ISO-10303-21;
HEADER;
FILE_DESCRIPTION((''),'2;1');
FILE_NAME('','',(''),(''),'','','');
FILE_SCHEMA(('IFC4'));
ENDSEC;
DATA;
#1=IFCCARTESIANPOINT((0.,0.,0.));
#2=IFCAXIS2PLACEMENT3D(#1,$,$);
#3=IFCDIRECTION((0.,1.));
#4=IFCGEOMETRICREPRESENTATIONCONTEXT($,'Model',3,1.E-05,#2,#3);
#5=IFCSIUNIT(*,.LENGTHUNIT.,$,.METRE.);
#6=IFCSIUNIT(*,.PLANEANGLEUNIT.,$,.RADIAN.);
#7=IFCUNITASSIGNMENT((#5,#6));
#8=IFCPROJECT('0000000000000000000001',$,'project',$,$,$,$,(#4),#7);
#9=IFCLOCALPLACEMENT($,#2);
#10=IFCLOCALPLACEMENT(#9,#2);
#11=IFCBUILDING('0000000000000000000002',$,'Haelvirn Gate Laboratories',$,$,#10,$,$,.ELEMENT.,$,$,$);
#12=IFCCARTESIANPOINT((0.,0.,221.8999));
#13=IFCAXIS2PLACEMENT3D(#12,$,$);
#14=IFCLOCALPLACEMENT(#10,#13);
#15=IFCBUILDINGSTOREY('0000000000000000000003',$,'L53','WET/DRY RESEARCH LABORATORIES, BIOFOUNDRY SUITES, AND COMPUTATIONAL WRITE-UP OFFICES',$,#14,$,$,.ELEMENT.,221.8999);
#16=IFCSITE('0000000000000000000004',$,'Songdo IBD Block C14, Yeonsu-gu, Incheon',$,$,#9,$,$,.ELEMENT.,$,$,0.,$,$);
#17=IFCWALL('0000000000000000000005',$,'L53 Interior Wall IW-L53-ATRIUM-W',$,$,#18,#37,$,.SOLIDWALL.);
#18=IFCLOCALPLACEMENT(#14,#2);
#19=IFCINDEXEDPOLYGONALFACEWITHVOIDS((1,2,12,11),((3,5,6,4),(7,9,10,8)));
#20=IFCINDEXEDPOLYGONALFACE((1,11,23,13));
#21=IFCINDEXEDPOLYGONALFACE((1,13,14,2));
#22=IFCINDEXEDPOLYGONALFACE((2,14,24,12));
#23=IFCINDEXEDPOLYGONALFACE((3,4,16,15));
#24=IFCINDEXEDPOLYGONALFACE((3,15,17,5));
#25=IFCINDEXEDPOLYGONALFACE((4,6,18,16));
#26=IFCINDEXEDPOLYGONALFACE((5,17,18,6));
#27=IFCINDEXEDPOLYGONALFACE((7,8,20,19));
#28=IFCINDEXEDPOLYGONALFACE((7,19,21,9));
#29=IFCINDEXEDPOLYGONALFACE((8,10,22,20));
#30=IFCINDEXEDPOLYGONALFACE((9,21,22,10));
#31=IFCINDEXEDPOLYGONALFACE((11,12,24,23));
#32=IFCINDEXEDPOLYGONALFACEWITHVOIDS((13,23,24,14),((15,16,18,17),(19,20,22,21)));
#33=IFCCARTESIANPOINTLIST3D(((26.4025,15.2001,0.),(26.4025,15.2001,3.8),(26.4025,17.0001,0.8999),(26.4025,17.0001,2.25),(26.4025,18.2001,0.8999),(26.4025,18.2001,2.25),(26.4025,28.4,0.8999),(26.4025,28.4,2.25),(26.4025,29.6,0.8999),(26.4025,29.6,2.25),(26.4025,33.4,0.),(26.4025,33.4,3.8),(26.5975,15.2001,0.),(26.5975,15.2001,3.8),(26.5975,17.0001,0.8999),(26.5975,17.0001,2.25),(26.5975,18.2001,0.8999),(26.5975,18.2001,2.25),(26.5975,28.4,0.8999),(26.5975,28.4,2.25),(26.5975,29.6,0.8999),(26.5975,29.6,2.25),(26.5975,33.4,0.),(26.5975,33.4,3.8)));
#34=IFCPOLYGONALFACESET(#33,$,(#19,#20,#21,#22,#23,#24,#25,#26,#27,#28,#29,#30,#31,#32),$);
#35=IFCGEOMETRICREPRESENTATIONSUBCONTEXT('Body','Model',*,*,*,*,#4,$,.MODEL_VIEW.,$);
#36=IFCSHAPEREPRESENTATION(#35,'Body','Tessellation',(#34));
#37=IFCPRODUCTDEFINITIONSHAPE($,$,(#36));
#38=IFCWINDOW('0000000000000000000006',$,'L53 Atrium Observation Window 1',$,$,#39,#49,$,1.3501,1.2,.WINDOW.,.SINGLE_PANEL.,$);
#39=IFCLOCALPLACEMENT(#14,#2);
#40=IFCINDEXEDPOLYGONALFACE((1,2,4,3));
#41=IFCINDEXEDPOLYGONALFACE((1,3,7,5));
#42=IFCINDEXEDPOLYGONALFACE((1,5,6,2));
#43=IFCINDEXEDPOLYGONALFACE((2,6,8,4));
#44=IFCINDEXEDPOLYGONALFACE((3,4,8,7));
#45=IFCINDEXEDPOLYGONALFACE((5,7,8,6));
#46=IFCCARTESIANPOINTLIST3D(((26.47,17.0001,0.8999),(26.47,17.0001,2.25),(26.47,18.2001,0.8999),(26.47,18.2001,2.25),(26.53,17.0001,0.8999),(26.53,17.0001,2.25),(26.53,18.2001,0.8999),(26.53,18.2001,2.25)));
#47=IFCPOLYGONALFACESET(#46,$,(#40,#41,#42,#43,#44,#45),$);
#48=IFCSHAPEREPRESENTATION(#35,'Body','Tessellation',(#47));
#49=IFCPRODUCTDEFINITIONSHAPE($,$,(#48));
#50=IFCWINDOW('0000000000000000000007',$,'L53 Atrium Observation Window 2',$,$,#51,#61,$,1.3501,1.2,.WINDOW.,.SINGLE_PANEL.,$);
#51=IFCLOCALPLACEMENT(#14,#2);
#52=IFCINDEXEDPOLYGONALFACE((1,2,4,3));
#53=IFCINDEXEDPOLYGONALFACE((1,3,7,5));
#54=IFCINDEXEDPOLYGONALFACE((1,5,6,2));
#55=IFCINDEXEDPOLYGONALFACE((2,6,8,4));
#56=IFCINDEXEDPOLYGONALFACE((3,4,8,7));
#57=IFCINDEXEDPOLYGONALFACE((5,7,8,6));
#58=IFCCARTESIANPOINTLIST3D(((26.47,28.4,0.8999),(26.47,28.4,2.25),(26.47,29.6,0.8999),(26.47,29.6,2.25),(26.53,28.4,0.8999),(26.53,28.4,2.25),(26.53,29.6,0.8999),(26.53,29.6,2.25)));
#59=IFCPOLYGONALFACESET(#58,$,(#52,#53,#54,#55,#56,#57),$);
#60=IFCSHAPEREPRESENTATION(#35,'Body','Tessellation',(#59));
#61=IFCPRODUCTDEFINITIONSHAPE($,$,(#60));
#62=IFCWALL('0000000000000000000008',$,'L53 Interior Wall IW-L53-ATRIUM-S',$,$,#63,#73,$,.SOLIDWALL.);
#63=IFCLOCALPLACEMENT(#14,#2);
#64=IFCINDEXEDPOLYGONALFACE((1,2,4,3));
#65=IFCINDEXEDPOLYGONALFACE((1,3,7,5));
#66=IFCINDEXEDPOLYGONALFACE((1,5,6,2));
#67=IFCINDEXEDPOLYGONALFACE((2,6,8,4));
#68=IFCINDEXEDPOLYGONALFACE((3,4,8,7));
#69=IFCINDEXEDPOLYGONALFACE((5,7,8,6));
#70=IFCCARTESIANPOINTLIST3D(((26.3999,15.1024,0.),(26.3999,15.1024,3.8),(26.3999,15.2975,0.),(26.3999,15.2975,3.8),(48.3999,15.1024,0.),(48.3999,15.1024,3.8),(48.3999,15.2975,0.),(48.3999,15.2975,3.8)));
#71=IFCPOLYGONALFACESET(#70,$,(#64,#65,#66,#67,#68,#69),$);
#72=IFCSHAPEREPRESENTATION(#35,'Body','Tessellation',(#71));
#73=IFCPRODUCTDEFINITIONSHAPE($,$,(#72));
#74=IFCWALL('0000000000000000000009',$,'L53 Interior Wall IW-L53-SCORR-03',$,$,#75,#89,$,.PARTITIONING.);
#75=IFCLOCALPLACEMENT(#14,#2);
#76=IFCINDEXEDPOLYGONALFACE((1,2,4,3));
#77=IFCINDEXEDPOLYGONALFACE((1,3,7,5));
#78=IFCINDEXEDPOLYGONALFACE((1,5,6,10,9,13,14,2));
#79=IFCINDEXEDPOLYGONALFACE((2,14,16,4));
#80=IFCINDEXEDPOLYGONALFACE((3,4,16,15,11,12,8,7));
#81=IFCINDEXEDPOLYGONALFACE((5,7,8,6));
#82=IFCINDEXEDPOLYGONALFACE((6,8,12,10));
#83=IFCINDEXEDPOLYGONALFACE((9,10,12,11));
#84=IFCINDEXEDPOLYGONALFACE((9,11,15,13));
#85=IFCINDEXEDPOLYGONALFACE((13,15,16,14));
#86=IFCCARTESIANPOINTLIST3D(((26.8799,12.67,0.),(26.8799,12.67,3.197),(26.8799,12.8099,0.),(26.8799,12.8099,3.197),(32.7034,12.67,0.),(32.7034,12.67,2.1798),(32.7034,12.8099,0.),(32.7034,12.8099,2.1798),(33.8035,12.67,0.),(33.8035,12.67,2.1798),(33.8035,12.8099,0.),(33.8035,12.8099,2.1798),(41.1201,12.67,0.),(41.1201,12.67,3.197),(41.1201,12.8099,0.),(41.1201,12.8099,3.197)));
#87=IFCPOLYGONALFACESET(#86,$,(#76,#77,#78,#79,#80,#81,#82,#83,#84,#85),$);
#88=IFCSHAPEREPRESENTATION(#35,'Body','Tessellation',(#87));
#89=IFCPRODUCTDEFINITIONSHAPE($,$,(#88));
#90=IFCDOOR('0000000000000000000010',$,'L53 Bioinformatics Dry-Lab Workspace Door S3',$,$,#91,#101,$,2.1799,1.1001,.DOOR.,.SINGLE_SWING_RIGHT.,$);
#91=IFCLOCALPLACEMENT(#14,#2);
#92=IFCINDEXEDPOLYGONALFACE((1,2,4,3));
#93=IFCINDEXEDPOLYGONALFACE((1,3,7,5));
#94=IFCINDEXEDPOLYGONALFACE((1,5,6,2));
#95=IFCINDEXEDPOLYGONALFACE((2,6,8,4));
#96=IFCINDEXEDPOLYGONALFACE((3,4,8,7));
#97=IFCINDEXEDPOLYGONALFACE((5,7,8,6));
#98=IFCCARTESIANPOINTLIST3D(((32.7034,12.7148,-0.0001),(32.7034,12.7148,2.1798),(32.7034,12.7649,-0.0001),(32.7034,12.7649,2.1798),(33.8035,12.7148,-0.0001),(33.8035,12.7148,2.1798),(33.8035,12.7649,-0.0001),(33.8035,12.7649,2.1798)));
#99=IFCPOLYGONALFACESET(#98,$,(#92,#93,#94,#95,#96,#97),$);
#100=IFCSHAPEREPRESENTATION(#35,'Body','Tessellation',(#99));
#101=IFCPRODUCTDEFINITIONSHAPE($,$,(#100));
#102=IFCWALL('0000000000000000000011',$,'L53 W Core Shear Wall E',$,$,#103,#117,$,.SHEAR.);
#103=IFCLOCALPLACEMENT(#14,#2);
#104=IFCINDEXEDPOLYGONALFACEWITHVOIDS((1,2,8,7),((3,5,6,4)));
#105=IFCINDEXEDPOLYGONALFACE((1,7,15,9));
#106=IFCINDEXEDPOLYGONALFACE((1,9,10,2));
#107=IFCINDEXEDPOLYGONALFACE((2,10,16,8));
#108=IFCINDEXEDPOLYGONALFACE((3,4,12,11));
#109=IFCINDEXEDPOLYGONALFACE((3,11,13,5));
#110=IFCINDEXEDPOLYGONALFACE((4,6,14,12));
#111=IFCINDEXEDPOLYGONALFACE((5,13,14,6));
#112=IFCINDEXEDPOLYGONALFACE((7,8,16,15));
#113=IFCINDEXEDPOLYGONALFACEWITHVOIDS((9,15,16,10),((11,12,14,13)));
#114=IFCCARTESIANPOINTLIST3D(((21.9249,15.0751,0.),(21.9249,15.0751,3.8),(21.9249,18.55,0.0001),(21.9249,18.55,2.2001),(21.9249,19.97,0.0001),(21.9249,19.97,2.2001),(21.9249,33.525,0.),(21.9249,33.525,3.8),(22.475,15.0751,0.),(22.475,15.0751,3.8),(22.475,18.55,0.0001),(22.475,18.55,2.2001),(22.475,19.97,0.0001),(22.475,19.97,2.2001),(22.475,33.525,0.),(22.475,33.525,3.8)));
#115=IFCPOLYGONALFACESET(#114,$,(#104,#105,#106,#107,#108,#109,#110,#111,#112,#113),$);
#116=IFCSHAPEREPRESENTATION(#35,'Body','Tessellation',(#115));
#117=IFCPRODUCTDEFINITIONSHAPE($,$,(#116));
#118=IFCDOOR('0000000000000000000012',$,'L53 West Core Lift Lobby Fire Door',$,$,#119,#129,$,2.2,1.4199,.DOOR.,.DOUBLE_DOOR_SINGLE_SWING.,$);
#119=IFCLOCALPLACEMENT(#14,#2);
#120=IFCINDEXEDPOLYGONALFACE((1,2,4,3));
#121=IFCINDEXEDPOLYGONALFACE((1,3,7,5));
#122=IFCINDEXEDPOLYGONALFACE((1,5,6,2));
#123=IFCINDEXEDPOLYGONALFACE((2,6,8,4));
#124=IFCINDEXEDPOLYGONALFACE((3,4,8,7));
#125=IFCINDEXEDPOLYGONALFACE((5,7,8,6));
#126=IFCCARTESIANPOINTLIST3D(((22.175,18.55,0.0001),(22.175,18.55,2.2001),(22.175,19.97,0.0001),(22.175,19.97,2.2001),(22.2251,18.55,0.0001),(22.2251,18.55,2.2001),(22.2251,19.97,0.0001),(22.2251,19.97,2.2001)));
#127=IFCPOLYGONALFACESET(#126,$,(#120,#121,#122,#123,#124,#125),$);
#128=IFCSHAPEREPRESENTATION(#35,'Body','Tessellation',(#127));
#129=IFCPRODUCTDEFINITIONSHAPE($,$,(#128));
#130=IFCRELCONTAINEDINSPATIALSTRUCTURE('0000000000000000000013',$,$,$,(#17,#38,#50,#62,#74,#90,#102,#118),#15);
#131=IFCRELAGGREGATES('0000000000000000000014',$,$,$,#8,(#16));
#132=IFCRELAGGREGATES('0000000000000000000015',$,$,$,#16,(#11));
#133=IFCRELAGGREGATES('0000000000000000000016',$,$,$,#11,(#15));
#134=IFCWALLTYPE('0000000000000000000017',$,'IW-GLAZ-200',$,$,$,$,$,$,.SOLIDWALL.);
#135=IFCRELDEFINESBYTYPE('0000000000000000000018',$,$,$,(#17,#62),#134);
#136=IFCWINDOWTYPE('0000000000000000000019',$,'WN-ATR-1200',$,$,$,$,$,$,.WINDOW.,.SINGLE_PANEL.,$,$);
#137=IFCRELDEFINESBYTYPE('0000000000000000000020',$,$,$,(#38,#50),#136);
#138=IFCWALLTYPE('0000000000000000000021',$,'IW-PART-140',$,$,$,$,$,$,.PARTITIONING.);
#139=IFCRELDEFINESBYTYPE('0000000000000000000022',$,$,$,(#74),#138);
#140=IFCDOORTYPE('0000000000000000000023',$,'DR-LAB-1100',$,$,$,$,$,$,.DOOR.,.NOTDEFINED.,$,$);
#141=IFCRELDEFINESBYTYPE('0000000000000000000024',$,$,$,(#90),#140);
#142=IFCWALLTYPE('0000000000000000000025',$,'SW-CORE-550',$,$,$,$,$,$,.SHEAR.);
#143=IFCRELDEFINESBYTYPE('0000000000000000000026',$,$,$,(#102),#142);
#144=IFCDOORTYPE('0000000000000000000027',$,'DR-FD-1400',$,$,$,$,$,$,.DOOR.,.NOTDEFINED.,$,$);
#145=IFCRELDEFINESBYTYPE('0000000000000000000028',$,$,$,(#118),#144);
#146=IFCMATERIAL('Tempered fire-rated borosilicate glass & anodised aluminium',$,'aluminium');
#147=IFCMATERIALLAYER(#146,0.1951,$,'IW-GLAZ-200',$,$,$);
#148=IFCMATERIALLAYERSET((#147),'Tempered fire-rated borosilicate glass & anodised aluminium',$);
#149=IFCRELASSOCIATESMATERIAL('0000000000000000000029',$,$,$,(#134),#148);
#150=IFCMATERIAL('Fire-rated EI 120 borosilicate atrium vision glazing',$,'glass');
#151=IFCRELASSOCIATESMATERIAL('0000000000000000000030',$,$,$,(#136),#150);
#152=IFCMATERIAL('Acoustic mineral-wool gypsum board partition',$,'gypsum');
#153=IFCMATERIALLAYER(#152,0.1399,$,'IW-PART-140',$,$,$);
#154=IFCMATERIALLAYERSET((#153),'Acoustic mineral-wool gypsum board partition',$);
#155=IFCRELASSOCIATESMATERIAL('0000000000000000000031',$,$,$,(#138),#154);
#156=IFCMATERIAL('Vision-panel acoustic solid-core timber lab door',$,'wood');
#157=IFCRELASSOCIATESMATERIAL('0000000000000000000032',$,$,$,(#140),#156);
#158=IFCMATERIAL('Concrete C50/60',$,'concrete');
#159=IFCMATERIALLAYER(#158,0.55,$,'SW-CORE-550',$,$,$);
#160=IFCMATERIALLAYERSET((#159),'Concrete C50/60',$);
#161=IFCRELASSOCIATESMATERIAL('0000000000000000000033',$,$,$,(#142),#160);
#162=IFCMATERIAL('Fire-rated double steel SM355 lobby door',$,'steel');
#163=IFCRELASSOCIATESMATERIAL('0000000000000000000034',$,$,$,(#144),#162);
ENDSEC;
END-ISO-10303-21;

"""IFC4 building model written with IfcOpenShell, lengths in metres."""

from ifc_helpers import new_model, si_unit, direction, frame, frame_2d, origin, place, context, subcontext, project, spatial, rectangle, extrude, source, transform, mapped, material, layer, layer_set, type_object, type_shapes, element, fill, save


model = new_model("IFC4")

# Units and contexts
model_context = context("Model", 3, precision=1e-05, world=origin(), true_north=direction((0.0, 1.0)))
body_context = subcontext(model_context, "Body", "Model", "MODEL_VIEW")
ifc_project = project(units=[si_unit("LENGTHUNIT", "METRE"), si_unit("PLANEANGLEUNIT", "RADIAN")], contexts=[model_context])

# Site, building, storey
site_placement = place(None, origin())
site = spatial("IfcSite", under=ifc_project, at=site_placement, Name="Songdo IBD Block C14, Yeonsu-gu, Incheon", CompositionType="ELEMENT", RefElevation=0.0)
building_placement = place(site_placement, origin())
building = spatial("IfcBuilding", under=site, at=building_placement, Name="Haelvirn Gate Laboratories", CompositionType="ELEMENT")
storey_placement = place(building_placement, frame((0.0, 0.0, 221.8999)))
storey = spatial("IfcBuildingStorey", under=building, at=storey_placement, Name="L53", Description="WET/DRY RESEARCH LABORATORIES, BIOFOUNDRY SUITES, AND COMPUTATIONAL WRITE-UP OFFICES", CompositionType="ELEMENT", Elevation=221.8999)

# Wall, openings, windows
ifc_material_1 = material(Name="Tempered fire-rated borosilicate glass & anodised aluminium", Category="aluminium")
ifc_layer_1 = layer(ifc_material_1, 0.1951, Name="IW-GLAZ-200")
ifc_layer_set_1 = layer_set([ifc_layer_1], Name="Tempered fire-rated borosilicate glass & anodised aluminium")
wall_type_1 = type_object("IfcWallType", Name="IW-GLAZ-200", PredefinedType="SOLIDWALL", material=ifc_layer_set_1)
wall_1_placement = place(storey_placement, frame((26.5, 15.2, 0.0), z_axis=(0.0, 0.0, 1.0), x_axis=(0.0, 1.0, 0.0)))
wall_1 = element("IfcWall", 1, at=wall_1_placement, inside=storey, type_object=wall_type_1, Name="L53 Interior Wall IW-L53-ATRIUM-W", PredefinedType="SOLIDWALL", context=body_context, shape_type="SweptSolid", body=[
    extrude(rectangle(XDim=18.2, YDim=0.1951, at=frame_2d((9.1001, 0.0))), origin(), (0.0, 0.0, 1.0), 3.8),
])
opening_1_placement = place(wall_1_placement, frame((1.8, 0.0, 0.8999)))
opening_1 = element("IfcOpeningElement", 2, at=opening_1_placement, cuts=wall_1, PredefinedType="OPENING", context=body_context, shape_type="SweptSolid", body=[
    extrude(rectangle(XDim=1.2, YDim=1.3501, at=frame_2d((0.6001, 0.675))), frame((0.0, 0.1074, 0.0), z_axis=(0.0, -1.0, 0.0), x_axis=(1.0, 0.0, 0.0)), (0.0, 0.0, 1.0), 0.2151),
])
opening_2_placement = place(wall_1_placement, frame((13.2, 0.0, 0.8999)))
opening_2 = element("IfcOpeningElement", 3, at=opening_2_placement, cuts=wall_1, PredefinedType="OPENING", context=body_context, shape_type="SweptSolid", body=[
    extrude(rectangle(XDim=1.2, YDim=1.3501, at=frame_2d((0.6001, 0.675))), frame((0.0, 0.1074, 0.0), z_axis=(0.0, -1.0, 0.0), x_axis=(1.0, 0.0, 0.0)), (0.0, 0.0, 1.0), 0.2151),
])
ifc_material_2 = material(Name="Fire-rated EI 120 borosilicate atrium vision glazing", Category="glass")
window_type = type_object("IfcWindowType", Name="WN-ATR-1200", PartitioningType="SINGLE_PANEL", PredefinedType="WINDOW", material=ifc_material_2)
shared_shape_1 = source(origin(), body_context, "Body", "SweptSolid", [
    extrude(rectangle(XDim=1.2, YDim=1.3501, at=frame_2d((0.6001, 0.675))), frame((0.0, 0.03, 0.0), z_axis=(0.0, -1.0, 0.0), x_axis=(1.0, 0.0, 0.0)), (0.0, 0.0, 1.0), 0.0601),
])
type_shapes(window_type, [shared_shape_1])
window_1_placement = place(opening_1_placement, origin())
window_1 = element("IfcWindow", 4, at=window_1_placement, inside=storey, type_object=window_type, Name="L53 Atrium Observation Window 1", OverallHeight=1.3501, OverallWidth=1.2, PartitioningType="SINGLE_PANEL", PredefinedType="WINDOW", context=body_context, shape_type="MappedRepresentation", body=[
    mapped(shared_shape_1, transform((0.0, 0.0, 0.0), scale=1.0)),
])
fill(opening_1, window_1)
window_2_placement = place(opening_2_placement, origin())
window_2 = element("IfcWindow", 5, at=window_2_placement, inside=storey, type_object=window_type, Name="L53 Atrium Observation Window 2", OverallHeight=1.3501, OverallWidth=1.2, PartitioningType="SINGLE_PANEL", PredefinedType="WINDOW", context=body_context, shape_type="MappedRepresentation", body=[
    mapped(shared_shape_1, transform((0.0, 0.0, 0.0), scale=1.0)),
])
fill(opening_2, window_2)

# Wall
wall_2_placement = place(storey_placement, frame((26.3999, 15.2, 0.0), z_axis=(0.0, 0.0, 1.0), x_axis=(1.0, 0.0, 0.0)))
element("IfcWall", 6, at=wall_2_placement, inside=storey, type_object=wall_type_1, Name="L53 Interior Wall IW-L53-ATRIUM-S", PredefinedType="SOLIDWALL", context=body_context, shape_type="SweptSolid", body=[
    extrude(rectangle(XDim=22.0, YDim=0.1951, at=frame_2d((11.0, 0.0))), origin(), (0.0, 0.0, 1.0), 3.8),
])

# Walls, openings, doors
ifc_material_3 = material(Name="Acoustic mineral-wool gypsum board partition", Category="gypsum")
ifc_layer_2 = layer(ifc_material_3, 0.1399, Name="IW-PART-140")
ifc_layer_set_2 = layer_set([ifc_layer_2], Name="Acoustic mineral-wool gypsum board partition")
wall_type_2 = type_object("IfcWallType", Name="IW-PART-140", PredefinedType="PARTITIONING", material=ifc_layer_set_2)
wall_3_placement = place(storey_placement, frame((26.8799, 12.74, 0.0), z_axis=(0.0, 0.0, 1.0), x_axis=(1.0, 0.0, 0.0)))
wall_3 = element("IfcWall", 7, at=wall_3_placement, inside=storey, type_object=wall_type_2, Name="L53 Interior Wall IW-L53-SCORR-03", PredefinedType="PARTITIONING", context=body_context, shape_type="SweptSolid", body=[
    extrude(rectangle(XDim=14.2402, YDim=0.1399, at=frame_2d((7.1201, 0.0))), origin(), (0.0, 0.0, 1.0), 3.197),
])
opening_3_placement = place(wall_3_placement, frame((5.8235, 0.0, 0.0)))
opening_3 = element("IfcOpeningElement", 8, at=opening_3_placement, cuts=wall_3, PredefinedType="OPENING", context=body_context, shape_type="SweptSolid", body=[
    extrude(rectangle(XDim=1.1001, YDim=2.1799, at=frame_2d((0.55, 1.0898))), frame((0.0, 0.0801, 0.0), z_axis=(0.0, -1.0, 0.0), x_axis=(1.0, 0.0, 0.0)), (0.0, 0.0, 1.0), 0.1599),
])
ifc_material_4 = material(Name="Vision-panel acoustic solid-core timber lab door", Category="wood")
door_type_1 = type_object("IfcDoorType", Name="DR-LAB-1100", OperationType="NOTDEFINED", PredefinedType="DOOR", material=ifc_material_4)
shared_shape_2 = source(origin(), body_context, "Body", "SweptSolid", [
    extrude(rectangle(XDim=1.1001, YDim=2.1799, at=frame_2d((0.55, 1.0898))), frame((0.0, 0.0249, 0.0), z_axis=(0.0, -1.0, 0.0), x_axis=(1.0, 0.0, 0.0)), (0.0, 0.0, 1.0), 0.05),
])
type_shapes(door_type_1, [shared_shape_2])
door_1_placement = place(opening_3_placement, origin())
door_1 = element("IfcDoor", 9, at=door_1_placement, inside=storey, type_object=door_type_1, Name="L53 Bioinformatics Dry-Lab Workspace Door S3", OperationType="SINGLE_SWING_RIGHT", OverallHeight=2.1799, OverallWidth=1.1001, PredefinedType="DOOR", context=body_context, shape_type="MappedRepresentation", body=[
    mapped(shared_shape_2, transform((0.0, 0.0, 0.0), scale=1.0)),
])
fill(opening_3, door_1)
ifc_material_5 = material(Name="Concrete C50/60", Category="concrete")
ifc_layer_3 = layer(ifc_material_5, 0.55, Name="SW-CORE-550")
ifc_layer_set_3 = layer_set([ifc_layer_3], Name="Concrete C50/60")
wall_type_3 = type_object("IfcWallType", Name="SW-CORE-550", PredefinedType="SHEAR", material=ifc_layer_set_3)
wall_4_placement = place(storey_placement, frame((22.2, 15.075, 0.0), z_axis=(0.0, 0.0, 1.0), x_axis=(0.0, 1.0, 0.0)))
wall_4 = element("IfcWall", 10, at=wall_4_placement, inside=storey, type_object=wall_type_3, Name="L53 W Core Shear Wall E", PredefinedType="SHEAR", context=body_context, shape_type="SweptSolid", body=[
    extrude(rectangle(XDim=18.45, YDim=0.55, at=frame_2d((9.2251, 0.0))), origin(), (0.0, 0.0, 1.0), 3.8),
])
opening_4_placement = place(wall_4_placement, frame((3.4751, 0.0, 0.0)))
opening_4 = element("IfcOpeningElement", 11, at=opening_4_placement, cuts=wall_4, PredefinedType="OPENING", context=body_context, shape_type="SweptSolid", body=[
    extrude(rectangle(XDim=1.4199, YDim=2.2, at=frame_2d((0.71, 1.1001))), frame((0.0, 0.2852, 0.0), z_axis=(0.0, -1.0, 0.0), x_axis=(1.0, 0.0, 0.0)), (0.0, 0.0, 1.0), 0.5701),
])
ifc_material_6 = material(Name="Fire-rated double steel SM355 lobby door", Category="steel")
door_type_2 = type_object("IfcDoorType", Name="DR-FD-1400", OperationType="NOTDEFINED", PredefinedType="DOOR", material=ifc_material_6)
shared_shape_3 = source(origin(), body_context, "Body", "SweptSolid", [
    extrude(rectangle(XDim=1.4199, YDim=2.2, at=frame_2d((0.71, 1.1001))), frame((0.0, 0.0249, 0.0), z_axis=(0.0, -1.0, 0.0), x_axis=(1.0, 0.0, 0.0)), (0.0, 0.0, 1.0), 0.05),
])
type_shapes(door_type_2, [shared_shape_3])
door_2_placement = place(opening_4_placement, origin())
door_2 = element("IfcDoor", 12, at=door_2_placement, inside=storey, type_object=door_type_2, Name="L53 West Core Lift Lobby Fire Door", OperationType="DOUBLE_DOOR_SINGLE_SWING", OverallHeight=2.2, OverallWidth=1.4199, PredefinedType="DOOR", context=body_context, shape_type="MappedRepresentation", body=[
    mapped(shared_shape_3, transform((0.0, 0.0, 0.0), scale=1.0)),
])
fill(opening_4, door_2)

save(model, "model.ifc")
